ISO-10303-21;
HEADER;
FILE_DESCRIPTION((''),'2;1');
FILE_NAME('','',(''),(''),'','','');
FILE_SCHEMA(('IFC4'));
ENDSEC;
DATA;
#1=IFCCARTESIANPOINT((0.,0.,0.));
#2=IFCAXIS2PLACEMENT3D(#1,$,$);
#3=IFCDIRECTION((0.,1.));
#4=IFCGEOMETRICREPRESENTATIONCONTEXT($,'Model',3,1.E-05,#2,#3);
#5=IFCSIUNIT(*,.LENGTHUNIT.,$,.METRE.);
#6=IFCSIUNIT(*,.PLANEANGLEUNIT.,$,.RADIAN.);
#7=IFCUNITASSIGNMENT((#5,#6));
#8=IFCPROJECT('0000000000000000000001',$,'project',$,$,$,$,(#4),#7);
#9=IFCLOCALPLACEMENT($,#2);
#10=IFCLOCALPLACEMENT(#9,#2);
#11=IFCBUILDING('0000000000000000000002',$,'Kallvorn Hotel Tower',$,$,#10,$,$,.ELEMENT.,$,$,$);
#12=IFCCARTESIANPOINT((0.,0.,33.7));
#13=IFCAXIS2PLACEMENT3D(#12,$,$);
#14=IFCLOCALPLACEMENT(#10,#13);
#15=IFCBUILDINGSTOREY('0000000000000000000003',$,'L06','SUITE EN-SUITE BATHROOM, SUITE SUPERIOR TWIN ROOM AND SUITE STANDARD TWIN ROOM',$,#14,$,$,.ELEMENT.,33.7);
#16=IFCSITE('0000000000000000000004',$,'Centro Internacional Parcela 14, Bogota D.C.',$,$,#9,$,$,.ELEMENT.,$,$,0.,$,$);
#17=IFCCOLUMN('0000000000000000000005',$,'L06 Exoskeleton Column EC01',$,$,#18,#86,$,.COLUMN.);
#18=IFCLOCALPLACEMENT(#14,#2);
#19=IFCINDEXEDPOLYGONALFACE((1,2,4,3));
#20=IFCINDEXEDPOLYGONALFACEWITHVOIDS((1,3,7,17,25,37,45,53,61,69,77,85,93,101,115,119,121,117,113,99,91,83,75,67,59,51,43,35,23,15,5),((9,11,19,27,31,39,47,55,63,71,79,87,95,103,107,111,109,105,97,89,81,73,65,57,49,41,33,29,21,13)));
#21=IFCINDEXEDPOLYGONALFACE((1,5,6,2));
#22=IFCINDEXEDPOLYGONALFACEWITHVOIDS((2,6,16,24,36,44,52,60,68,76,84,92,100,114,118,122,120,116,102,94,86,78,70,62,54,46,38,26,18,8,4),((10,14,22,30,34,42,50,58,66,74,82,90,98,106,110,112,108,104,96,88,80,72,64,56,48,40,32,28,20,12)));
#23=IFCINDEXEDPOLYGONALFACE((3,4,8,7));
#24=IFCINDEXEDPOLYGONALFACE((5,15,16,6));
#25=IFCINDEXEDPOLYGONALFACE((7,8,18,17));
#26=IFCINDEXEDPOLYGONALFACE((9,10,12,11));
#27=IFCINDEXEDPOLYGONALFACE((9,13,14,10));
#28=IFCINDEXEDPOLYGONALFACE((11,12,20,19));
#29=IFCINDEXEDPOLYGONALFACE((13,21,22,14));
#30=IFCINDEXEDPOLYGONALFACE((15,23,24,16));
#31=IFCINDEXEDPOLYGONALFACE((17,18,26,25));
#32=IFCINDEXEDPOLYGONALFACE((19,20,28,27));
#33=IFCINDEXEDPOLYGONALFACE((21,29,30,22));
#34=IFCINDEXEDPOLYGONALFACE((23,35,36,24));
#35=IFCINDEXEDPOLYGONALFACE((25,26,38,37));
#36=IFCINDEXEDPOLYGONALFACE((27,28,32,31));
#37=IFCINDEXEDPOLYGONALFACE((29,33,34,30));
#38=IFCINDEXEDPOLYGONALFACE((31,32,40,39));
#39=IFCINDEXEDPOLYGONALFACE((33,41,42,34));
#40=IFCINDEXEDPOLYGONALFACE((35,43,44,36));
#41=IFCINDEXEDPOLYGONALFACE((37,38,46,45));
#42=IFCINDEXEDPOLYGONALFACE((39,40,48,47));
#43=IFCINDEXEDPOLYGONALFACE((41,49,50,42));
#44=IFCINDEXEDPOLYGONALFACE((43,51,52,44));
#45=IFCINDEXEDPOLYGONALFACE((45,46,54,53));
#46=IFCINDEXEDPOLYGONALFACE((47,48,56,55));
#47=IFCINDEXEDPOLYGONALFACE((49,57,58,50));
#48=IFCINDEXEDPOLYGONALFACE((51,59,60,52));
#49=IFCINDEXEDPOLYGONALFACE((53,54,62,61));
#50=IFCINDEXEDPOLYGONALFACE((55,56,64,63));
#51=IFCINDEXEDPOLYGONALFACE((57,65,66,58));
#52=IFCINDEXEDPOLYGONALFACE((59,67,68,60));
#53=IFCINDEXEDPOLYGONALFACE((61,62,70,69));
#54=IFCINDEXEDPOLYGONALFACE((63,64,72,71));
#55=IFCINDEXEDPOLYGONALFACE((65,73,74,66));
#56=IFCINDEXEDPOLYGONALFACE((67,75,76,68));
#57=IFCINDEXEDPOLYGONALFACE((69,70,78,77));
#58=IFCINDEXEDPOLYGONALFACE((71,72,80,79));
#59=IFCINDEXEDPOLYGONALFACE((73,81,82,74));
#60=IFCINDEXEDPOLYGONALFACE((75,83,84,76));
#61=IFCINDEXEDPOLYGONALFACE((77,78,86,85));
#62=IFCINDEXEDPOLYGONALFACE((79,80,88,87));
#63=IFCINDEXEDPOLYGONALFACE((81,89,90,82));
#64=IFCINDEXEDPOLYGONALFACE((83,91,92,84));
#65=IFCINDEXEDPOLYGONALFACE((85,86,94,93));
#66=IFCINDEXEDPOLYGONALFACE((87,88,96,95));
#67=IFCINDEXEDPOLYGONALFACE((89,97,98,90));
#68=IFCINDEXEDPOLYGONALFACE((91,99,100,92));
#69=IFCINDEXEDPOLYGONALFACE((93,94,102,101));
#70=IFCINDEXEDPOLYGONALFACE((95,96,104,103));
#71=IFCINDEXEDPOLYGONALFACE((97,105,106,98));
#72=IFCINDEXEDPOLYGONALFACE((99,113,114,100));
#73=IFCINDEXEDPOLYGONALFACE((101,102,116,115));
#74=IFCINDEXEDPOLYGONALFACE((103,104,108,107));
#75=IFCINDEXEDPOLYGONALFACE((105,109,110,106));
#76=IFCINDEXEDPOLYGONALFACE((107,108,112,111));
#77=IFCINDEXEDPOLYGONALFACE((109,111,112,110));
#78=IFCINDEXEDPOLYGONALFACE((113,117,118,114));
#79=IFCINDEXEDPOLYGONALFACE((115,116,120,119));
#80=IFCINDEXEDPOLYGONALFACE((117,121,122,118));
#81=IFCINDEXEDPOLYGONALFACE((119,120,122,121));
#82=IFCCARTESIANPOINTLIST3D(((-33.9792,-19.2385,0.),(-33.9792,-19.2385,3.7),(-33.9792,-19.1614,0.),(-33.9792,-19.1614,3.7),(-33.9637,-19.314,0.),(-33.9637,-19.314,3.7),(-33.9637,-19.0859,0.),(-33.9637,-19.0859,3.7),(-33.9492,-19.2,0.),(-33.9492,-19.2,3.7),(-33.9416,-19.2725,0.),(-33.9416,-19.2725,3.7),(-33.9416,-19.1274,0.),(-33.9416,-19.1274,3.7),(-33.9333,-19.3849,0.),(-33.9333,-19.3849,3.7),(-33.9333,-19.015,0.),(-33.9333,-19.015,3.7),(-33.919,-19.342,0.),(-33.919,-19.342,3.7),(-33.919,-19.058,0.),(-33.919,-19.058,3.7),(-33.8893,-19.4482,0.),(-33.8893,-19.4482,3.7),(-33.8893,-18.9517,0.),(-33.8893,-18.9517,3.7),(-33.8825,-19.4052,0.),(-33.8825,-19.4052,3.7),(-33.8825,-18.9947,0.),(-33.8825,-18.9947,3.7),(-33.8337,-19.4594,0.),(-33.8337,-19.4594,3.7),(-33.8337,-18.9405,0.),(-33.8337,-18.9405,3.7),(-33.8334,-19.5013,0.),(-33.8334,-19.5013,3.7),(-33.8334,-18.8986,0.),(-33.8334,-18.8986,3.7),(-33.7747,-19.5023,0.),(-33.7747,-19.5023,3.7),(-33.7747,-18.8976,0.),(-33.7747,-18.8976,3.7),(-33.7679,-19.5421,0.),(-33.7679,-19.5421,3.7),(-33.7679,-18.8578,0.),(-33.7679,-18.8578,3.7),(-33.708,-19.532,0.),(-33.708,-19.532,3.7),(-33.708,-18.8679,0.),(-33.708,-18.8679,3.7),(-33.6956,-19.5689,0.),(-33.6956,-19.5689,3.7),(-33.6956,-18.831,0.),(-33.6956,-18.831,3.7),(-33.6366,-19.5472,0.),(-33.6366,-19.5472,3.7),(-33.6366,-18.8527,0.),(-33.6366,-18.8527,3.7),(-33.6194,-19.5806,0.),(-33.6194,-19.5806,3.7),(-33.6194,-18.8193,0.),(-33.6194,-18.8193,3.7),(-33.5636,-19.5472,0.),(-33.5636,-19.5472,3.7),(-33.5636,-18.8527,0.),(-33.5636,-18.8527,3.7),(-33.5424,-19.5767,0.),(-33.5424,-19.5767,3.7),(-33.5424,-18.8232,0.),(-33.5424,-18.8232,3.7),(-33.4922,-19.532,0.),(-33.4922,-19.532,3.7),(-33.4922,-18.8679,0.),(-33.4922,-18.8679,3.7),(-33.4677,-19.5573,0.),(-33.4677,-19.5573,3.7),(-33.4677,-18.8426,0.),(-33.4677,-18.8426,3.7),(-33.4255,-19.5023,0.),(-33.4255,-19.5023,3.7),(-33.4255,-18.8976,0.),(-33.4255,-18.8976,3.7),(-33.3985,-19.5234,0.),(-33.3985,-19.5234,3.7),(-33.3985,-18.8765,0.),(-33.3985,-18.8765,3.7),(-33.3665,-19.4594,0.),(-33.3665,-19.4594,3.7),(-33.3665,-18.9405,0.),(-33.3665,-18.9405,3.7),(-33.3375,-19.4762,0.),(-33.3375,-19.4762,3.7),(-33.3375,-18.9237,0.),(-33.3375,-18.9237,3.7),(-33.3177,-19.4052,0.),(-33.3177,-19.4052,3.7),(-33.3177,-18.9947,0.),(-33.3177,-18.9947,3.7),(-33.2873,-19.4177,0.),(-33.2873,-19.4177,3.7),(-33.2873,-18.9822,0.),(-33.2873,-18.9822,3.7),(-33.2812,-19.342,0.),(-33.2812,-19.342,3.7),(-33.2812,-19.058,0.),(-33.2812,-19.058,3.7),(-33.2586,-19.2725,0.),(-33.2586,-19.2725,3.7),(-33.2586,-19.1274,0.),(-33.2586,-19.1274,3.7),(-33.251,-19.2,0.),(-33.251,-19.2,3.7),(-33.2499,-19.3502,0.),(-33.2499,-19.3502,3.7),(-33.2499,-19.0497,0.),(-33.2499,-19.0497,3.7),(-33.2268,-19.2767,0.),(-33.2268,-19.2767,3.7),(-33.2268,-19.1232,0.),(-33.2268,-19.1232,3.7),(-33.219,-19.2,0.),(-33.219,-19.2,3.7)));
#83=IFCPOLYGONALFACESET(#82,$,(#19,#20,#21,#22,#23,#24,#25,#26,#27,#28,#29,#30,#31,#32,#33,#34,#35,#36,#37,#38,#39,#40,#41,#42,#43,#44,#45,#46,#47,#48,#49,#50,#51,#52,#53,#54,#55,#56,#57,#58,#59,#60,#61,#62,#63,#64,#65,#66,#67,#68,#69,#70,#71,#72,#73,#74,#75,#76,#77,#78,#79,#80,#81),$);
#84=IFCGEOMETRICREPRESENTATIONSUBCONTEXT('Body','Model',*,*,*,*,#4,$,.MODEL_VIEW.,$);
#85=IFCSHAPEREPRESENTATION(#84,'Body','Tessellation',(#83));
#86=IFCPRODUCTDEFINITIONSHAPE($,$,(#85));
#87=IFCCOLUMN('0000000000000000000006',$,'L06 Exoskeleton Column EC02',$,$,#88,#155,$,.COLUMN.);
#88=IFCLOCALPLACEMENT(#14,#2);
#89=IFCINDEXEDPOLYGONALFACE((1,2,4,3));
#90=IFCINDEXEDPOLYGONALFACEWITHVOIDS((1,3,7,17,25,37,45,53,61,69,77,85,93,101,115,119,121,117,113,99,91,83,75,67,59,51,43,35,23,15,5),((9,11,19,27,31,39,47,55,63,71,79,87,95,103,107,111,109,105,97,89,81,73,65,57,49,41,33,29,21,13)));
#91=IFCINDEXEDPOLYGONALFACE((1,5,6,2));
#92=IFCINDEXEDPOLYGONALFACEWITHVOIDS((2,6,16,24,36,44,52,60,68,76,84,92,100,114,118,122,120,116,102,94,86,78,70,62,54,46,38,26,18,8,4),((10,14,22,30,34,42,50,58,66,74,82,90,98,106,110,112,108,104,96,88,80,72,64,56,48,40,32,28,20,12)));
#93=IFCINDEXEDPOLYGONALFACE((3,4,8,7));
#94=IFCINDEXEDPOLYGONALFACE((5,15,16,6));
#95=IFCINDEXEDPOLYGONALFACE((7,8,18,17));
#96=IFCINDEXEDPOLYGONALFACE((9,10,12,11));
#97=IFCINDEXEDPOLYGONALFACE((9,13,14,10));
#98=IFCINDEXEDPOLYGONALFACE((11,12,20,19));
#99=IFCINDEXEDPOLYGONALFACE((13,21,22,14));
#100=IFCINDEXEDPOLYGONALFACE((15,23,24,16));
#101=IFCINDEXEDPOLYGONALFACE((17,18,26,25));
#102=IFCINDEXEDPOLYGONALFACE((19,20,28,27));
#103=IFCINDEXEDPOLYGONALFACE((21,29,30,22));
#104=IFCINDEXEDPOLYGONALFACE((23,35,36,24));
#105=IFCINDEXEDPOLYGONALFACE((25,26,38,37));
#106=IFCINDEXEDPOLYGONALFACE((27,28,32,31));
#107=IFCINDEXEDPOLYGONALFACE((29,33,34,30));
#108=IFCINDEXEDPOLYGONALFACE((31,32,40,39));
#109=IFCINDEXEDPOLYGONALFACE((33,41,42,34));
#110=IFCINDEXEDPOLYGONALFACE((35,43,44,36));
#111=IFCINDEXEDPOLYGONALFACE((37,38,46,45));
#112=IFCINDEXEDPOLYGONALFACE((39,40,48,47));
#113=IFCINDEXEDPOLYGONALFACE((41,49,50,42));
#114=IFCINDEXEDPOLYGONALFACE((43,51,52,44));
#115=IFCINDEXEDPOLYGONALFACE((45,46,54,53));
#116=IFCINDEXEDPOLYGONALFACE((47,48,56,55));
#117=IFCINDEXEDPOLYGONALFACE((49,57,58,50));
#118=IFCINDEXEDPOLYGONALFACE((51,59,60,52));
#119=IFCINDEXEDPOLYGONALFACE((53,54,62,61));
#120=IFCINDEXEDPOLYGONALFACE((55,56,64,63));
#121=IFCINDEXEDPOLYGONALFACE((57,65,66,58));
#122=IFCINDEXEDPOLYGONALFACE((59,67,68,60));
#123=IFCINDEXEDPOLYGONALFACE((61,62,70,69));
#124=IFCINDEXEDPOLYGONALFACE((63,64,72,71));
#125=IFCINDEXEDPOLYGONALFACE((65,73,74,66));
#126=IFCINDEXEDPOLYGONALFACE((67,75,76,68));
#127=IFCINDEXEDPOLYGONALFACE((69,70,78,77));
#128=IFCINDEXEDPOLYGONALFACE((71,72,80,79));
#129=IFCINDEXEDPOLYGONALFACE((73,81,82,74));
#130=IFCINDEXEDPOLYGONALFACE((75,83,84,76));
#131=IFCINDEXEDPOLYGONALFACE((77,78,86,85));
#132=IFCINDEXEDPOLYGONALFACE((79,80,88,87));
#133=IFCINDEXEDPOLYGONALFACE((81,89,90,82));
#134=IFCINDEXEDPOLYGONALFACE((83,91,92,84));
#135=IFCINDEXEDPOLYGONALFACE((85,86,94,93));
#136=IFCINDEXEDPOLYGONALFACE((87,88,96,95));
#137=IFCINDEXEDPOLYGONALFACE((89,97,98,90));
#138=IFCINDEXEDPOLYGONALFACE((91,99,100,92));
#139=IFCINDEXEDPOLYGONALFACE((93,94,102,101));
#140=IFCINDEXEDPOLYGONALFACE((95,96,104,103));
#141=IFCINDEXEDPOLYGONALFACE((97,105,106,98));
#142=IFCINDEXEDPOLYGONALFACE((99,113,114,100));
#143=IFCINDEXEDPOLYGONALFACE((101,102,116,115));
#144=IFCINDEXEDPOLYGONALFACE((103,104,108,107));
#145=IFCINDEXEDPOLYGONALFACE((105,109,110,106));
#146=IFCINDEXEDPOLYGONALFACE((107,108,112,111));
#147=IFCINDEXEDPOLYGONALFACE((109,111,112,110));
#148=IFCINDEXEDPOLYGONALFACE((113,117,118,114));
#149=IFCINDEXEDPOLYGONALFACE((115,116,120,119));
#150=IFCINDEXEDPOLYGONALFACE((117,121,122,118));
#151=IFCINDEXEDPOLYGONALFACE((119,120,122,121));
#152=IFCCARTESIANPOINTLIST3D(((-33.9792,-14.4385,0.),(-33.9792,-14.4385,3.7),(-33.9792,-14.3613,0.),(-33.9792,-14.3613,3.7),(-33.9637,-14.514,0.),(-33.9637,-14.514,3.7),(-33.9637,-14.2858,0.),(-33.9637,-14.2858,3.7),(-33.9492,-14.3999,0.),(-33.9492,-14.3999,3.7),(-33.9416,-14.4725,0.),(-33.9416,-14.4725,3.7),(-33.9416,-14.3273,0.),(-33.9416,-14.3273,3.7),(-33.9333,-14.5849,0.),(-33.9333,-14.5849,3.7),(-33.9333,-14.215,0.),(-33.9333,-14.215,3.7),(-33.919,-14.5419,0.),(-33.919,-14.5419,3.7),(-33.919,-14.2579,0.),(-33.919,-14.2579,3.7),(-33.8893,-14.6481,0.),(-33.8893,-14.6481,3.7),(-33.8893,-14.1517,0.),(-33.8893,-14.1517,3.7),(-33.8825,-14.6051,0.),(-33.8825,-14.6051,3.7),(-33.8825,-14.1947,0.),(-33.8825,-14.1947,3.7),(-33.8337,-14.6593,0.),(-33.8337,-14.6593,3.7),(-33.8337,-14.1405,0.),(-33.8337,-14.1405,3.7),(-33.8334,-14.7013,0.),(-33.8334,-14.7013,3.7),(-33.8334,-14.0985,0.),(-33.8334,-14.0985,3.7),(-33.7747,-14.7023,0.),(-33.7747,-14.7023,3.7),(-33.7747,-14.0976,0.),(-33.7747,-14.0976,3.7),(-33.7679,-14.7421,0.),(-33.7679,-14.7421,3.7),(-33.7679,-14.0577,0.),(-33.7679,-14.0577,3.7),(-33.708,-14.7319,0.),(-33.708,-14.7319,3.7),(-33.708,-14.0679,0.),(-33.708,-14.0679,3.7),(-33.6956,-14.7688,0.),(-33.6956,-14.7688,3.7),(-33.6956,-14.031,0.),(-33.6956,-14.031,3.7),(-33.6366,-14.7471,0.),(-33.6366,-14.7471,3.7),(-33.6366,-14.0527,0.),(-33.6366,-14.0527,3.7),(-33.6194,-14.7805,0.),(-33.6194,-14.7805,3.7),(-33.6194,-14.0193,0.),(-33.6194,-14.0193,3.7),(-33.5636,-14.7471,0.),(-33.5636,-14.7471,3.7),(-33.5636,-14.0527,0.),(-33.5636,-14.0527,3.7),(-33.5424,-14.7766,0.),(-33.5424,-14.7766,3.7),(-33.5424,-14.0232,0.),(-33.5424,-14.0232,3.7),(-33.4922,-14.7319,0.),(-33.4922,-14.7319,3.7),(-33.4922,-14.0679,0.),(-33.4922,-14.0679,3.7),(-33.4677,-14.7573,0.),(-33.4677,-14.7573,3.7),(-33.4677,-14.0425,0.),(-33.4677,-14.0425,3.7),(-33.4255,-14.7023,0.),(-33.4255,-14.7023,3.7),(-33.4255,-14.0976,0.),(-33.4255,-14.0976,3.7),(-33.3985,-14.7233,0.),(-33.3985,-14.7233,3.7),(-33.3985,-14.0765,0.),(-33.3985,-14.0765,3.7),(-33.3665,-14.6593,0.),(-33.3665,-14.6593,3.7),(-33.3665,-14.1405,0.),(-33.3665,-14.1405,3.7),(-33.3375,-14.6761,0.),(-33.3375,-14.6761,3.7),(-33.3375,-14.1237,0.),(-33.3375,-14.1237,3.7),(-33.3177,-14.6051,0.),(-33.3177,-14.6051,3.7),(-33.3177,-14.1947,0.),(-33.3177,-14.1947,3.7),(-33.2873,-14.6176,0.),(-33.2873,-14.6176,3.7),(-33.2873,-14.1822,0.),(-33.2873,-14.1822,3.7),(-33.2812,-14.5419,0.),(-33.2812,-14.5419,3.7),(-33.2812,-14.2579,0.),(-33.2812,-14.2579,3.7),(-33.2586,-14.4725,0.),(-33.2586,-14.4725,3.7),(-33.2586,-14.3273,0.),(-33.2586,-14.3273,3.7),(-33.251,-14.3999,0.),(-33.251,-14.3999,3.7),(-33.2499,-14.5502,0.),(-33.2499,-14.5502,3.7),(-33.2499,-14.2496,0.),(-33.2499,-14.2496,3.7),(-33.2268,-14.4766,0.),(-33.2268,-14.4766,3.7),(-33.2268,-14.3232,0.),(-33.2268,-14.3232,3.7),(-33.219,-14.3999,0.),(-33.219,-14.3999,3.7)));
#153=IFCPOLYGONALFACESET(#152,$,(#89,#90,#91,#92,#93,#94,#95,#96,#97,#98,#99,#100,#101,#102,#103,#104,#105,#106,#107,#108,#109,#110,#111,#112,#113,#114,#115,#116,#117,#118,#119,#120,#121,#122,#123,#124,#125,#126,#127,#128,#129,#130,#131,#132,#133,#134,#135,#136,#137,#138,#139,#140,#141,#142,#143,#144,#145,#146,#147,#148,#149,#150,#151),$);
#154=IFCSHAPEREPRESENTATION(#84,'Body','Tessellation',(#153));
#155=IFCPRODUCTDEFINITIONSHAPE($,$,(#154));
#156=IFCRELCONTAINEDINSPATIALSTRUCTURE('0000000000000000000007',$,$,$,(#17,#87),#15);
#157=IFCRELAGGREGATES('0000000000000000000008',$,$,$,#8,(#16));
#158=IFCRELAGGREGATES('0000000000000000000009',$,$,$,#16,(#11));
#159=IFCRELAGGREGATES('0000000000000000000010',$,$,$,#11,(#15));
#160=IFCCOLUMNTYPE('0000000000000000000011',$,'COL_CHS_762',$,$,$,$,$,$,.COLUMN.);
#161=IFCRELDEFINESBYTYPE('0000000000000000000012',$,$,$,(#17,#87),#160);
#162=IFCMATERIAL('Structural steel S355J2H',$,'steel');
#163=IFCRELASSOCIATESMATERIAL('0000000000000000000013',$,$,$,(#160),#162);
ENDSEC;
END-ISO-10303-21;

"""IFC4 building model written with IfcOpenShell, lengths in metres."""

from ifc_helpers import new_model, si_unit, direction, frame, origin, origin_2d, place, context, subcontext, project, spatial, hollow_circle, extrude, material, material_profile, profile_set, type_object, element, save


model = new_model("IFC4")

# Units and contexts
model_context = context("Model", 3, precision=1e-05, world=origin(), true_north=direction((0.0, 1.0)))
body_context = subcontext(model_context, "Body", "Model", "MODEL_VIEW")
ifc_project = project(units=[si_unit("LENGTHUNIT", "METRE"), si_unit("PLANEANGLEUNIT", "RADIAN")], contexts=[model_context])

# Site, building, storey
site_placement = place(None, origin())
site = spatial("IfcSite", under=ifc_project, at=site_placement, Name="Centro Internacional Parcela 14, Bogota D.C.", CompositionType="ELEMENT", RefElevation=0.0)
building_placement = place(site_placement, origin())
building = spatial("IfcBuilding", under=site, at=building_placement, Name="Kallvorn Hotel Tower", CompositionType="ELEMENT")
storey_placement = place(building_placement, frame((0.0, 0.0, 33.7)))
storey = spatial("IfcBuildingStorey", under=building, at=storey_placement, Name="L06", Description="SUITE EN-SUITE BATHROOM, SUITE SUPERIOR TWIN ROOM AND SUITE STANDARD TWIN ROOM", CompositionType="ELEMENT", Elevation=33.7)

# Columns
ifc_material_1 = material(Name="Structural steel S355J2H", Category="steel")
ifc_material_profile_1 = material_profile(ifc_material_1, hollow_circle(Radius=0.3811, WallThickness=0.032, at=origin_2d()), Name="CHS 762x32")
ifc_profile_set_1 = profile_set([ifc_material_profile_1], Name="Structural steel S355J2H")
column_type = type_object("IfcColumnType", Name="COL_CHS_762", PredefinedType="COLUMN", material=ifc_profile_set_1)
for number, where, z_axis, x_axis, name in (
    (1, (-33.6001, -19.2, 0.0), (0.0, 0.0, 1.0), (1.0, 0.0, 0.0), "L06 Exoskeleton Column EC01"),
    (2, (-33.6001, -14.3999, 0.0), (0.0, 0.0, 1.0), (1.0, 0.0, 0.0), "L06 Exoskeleton Column EC02"),
):
    element("IfcColumn", number, at=place(storey_placement, frame(where, z_axis=z_axis, x_axis=x_axis)), inside=storey, type_object=column_type, Name=name, PredefinedType="COLUMN", context=body_context, shape_type="SweptSolid", body=[
        extrude(hollow_circle(Radius=0.3811, WallThickness=0.032, at=origin_2d()), origin(), (0.0, 0.0, 1.0), 3.7),
    ])

save(model, "model.ifc")
